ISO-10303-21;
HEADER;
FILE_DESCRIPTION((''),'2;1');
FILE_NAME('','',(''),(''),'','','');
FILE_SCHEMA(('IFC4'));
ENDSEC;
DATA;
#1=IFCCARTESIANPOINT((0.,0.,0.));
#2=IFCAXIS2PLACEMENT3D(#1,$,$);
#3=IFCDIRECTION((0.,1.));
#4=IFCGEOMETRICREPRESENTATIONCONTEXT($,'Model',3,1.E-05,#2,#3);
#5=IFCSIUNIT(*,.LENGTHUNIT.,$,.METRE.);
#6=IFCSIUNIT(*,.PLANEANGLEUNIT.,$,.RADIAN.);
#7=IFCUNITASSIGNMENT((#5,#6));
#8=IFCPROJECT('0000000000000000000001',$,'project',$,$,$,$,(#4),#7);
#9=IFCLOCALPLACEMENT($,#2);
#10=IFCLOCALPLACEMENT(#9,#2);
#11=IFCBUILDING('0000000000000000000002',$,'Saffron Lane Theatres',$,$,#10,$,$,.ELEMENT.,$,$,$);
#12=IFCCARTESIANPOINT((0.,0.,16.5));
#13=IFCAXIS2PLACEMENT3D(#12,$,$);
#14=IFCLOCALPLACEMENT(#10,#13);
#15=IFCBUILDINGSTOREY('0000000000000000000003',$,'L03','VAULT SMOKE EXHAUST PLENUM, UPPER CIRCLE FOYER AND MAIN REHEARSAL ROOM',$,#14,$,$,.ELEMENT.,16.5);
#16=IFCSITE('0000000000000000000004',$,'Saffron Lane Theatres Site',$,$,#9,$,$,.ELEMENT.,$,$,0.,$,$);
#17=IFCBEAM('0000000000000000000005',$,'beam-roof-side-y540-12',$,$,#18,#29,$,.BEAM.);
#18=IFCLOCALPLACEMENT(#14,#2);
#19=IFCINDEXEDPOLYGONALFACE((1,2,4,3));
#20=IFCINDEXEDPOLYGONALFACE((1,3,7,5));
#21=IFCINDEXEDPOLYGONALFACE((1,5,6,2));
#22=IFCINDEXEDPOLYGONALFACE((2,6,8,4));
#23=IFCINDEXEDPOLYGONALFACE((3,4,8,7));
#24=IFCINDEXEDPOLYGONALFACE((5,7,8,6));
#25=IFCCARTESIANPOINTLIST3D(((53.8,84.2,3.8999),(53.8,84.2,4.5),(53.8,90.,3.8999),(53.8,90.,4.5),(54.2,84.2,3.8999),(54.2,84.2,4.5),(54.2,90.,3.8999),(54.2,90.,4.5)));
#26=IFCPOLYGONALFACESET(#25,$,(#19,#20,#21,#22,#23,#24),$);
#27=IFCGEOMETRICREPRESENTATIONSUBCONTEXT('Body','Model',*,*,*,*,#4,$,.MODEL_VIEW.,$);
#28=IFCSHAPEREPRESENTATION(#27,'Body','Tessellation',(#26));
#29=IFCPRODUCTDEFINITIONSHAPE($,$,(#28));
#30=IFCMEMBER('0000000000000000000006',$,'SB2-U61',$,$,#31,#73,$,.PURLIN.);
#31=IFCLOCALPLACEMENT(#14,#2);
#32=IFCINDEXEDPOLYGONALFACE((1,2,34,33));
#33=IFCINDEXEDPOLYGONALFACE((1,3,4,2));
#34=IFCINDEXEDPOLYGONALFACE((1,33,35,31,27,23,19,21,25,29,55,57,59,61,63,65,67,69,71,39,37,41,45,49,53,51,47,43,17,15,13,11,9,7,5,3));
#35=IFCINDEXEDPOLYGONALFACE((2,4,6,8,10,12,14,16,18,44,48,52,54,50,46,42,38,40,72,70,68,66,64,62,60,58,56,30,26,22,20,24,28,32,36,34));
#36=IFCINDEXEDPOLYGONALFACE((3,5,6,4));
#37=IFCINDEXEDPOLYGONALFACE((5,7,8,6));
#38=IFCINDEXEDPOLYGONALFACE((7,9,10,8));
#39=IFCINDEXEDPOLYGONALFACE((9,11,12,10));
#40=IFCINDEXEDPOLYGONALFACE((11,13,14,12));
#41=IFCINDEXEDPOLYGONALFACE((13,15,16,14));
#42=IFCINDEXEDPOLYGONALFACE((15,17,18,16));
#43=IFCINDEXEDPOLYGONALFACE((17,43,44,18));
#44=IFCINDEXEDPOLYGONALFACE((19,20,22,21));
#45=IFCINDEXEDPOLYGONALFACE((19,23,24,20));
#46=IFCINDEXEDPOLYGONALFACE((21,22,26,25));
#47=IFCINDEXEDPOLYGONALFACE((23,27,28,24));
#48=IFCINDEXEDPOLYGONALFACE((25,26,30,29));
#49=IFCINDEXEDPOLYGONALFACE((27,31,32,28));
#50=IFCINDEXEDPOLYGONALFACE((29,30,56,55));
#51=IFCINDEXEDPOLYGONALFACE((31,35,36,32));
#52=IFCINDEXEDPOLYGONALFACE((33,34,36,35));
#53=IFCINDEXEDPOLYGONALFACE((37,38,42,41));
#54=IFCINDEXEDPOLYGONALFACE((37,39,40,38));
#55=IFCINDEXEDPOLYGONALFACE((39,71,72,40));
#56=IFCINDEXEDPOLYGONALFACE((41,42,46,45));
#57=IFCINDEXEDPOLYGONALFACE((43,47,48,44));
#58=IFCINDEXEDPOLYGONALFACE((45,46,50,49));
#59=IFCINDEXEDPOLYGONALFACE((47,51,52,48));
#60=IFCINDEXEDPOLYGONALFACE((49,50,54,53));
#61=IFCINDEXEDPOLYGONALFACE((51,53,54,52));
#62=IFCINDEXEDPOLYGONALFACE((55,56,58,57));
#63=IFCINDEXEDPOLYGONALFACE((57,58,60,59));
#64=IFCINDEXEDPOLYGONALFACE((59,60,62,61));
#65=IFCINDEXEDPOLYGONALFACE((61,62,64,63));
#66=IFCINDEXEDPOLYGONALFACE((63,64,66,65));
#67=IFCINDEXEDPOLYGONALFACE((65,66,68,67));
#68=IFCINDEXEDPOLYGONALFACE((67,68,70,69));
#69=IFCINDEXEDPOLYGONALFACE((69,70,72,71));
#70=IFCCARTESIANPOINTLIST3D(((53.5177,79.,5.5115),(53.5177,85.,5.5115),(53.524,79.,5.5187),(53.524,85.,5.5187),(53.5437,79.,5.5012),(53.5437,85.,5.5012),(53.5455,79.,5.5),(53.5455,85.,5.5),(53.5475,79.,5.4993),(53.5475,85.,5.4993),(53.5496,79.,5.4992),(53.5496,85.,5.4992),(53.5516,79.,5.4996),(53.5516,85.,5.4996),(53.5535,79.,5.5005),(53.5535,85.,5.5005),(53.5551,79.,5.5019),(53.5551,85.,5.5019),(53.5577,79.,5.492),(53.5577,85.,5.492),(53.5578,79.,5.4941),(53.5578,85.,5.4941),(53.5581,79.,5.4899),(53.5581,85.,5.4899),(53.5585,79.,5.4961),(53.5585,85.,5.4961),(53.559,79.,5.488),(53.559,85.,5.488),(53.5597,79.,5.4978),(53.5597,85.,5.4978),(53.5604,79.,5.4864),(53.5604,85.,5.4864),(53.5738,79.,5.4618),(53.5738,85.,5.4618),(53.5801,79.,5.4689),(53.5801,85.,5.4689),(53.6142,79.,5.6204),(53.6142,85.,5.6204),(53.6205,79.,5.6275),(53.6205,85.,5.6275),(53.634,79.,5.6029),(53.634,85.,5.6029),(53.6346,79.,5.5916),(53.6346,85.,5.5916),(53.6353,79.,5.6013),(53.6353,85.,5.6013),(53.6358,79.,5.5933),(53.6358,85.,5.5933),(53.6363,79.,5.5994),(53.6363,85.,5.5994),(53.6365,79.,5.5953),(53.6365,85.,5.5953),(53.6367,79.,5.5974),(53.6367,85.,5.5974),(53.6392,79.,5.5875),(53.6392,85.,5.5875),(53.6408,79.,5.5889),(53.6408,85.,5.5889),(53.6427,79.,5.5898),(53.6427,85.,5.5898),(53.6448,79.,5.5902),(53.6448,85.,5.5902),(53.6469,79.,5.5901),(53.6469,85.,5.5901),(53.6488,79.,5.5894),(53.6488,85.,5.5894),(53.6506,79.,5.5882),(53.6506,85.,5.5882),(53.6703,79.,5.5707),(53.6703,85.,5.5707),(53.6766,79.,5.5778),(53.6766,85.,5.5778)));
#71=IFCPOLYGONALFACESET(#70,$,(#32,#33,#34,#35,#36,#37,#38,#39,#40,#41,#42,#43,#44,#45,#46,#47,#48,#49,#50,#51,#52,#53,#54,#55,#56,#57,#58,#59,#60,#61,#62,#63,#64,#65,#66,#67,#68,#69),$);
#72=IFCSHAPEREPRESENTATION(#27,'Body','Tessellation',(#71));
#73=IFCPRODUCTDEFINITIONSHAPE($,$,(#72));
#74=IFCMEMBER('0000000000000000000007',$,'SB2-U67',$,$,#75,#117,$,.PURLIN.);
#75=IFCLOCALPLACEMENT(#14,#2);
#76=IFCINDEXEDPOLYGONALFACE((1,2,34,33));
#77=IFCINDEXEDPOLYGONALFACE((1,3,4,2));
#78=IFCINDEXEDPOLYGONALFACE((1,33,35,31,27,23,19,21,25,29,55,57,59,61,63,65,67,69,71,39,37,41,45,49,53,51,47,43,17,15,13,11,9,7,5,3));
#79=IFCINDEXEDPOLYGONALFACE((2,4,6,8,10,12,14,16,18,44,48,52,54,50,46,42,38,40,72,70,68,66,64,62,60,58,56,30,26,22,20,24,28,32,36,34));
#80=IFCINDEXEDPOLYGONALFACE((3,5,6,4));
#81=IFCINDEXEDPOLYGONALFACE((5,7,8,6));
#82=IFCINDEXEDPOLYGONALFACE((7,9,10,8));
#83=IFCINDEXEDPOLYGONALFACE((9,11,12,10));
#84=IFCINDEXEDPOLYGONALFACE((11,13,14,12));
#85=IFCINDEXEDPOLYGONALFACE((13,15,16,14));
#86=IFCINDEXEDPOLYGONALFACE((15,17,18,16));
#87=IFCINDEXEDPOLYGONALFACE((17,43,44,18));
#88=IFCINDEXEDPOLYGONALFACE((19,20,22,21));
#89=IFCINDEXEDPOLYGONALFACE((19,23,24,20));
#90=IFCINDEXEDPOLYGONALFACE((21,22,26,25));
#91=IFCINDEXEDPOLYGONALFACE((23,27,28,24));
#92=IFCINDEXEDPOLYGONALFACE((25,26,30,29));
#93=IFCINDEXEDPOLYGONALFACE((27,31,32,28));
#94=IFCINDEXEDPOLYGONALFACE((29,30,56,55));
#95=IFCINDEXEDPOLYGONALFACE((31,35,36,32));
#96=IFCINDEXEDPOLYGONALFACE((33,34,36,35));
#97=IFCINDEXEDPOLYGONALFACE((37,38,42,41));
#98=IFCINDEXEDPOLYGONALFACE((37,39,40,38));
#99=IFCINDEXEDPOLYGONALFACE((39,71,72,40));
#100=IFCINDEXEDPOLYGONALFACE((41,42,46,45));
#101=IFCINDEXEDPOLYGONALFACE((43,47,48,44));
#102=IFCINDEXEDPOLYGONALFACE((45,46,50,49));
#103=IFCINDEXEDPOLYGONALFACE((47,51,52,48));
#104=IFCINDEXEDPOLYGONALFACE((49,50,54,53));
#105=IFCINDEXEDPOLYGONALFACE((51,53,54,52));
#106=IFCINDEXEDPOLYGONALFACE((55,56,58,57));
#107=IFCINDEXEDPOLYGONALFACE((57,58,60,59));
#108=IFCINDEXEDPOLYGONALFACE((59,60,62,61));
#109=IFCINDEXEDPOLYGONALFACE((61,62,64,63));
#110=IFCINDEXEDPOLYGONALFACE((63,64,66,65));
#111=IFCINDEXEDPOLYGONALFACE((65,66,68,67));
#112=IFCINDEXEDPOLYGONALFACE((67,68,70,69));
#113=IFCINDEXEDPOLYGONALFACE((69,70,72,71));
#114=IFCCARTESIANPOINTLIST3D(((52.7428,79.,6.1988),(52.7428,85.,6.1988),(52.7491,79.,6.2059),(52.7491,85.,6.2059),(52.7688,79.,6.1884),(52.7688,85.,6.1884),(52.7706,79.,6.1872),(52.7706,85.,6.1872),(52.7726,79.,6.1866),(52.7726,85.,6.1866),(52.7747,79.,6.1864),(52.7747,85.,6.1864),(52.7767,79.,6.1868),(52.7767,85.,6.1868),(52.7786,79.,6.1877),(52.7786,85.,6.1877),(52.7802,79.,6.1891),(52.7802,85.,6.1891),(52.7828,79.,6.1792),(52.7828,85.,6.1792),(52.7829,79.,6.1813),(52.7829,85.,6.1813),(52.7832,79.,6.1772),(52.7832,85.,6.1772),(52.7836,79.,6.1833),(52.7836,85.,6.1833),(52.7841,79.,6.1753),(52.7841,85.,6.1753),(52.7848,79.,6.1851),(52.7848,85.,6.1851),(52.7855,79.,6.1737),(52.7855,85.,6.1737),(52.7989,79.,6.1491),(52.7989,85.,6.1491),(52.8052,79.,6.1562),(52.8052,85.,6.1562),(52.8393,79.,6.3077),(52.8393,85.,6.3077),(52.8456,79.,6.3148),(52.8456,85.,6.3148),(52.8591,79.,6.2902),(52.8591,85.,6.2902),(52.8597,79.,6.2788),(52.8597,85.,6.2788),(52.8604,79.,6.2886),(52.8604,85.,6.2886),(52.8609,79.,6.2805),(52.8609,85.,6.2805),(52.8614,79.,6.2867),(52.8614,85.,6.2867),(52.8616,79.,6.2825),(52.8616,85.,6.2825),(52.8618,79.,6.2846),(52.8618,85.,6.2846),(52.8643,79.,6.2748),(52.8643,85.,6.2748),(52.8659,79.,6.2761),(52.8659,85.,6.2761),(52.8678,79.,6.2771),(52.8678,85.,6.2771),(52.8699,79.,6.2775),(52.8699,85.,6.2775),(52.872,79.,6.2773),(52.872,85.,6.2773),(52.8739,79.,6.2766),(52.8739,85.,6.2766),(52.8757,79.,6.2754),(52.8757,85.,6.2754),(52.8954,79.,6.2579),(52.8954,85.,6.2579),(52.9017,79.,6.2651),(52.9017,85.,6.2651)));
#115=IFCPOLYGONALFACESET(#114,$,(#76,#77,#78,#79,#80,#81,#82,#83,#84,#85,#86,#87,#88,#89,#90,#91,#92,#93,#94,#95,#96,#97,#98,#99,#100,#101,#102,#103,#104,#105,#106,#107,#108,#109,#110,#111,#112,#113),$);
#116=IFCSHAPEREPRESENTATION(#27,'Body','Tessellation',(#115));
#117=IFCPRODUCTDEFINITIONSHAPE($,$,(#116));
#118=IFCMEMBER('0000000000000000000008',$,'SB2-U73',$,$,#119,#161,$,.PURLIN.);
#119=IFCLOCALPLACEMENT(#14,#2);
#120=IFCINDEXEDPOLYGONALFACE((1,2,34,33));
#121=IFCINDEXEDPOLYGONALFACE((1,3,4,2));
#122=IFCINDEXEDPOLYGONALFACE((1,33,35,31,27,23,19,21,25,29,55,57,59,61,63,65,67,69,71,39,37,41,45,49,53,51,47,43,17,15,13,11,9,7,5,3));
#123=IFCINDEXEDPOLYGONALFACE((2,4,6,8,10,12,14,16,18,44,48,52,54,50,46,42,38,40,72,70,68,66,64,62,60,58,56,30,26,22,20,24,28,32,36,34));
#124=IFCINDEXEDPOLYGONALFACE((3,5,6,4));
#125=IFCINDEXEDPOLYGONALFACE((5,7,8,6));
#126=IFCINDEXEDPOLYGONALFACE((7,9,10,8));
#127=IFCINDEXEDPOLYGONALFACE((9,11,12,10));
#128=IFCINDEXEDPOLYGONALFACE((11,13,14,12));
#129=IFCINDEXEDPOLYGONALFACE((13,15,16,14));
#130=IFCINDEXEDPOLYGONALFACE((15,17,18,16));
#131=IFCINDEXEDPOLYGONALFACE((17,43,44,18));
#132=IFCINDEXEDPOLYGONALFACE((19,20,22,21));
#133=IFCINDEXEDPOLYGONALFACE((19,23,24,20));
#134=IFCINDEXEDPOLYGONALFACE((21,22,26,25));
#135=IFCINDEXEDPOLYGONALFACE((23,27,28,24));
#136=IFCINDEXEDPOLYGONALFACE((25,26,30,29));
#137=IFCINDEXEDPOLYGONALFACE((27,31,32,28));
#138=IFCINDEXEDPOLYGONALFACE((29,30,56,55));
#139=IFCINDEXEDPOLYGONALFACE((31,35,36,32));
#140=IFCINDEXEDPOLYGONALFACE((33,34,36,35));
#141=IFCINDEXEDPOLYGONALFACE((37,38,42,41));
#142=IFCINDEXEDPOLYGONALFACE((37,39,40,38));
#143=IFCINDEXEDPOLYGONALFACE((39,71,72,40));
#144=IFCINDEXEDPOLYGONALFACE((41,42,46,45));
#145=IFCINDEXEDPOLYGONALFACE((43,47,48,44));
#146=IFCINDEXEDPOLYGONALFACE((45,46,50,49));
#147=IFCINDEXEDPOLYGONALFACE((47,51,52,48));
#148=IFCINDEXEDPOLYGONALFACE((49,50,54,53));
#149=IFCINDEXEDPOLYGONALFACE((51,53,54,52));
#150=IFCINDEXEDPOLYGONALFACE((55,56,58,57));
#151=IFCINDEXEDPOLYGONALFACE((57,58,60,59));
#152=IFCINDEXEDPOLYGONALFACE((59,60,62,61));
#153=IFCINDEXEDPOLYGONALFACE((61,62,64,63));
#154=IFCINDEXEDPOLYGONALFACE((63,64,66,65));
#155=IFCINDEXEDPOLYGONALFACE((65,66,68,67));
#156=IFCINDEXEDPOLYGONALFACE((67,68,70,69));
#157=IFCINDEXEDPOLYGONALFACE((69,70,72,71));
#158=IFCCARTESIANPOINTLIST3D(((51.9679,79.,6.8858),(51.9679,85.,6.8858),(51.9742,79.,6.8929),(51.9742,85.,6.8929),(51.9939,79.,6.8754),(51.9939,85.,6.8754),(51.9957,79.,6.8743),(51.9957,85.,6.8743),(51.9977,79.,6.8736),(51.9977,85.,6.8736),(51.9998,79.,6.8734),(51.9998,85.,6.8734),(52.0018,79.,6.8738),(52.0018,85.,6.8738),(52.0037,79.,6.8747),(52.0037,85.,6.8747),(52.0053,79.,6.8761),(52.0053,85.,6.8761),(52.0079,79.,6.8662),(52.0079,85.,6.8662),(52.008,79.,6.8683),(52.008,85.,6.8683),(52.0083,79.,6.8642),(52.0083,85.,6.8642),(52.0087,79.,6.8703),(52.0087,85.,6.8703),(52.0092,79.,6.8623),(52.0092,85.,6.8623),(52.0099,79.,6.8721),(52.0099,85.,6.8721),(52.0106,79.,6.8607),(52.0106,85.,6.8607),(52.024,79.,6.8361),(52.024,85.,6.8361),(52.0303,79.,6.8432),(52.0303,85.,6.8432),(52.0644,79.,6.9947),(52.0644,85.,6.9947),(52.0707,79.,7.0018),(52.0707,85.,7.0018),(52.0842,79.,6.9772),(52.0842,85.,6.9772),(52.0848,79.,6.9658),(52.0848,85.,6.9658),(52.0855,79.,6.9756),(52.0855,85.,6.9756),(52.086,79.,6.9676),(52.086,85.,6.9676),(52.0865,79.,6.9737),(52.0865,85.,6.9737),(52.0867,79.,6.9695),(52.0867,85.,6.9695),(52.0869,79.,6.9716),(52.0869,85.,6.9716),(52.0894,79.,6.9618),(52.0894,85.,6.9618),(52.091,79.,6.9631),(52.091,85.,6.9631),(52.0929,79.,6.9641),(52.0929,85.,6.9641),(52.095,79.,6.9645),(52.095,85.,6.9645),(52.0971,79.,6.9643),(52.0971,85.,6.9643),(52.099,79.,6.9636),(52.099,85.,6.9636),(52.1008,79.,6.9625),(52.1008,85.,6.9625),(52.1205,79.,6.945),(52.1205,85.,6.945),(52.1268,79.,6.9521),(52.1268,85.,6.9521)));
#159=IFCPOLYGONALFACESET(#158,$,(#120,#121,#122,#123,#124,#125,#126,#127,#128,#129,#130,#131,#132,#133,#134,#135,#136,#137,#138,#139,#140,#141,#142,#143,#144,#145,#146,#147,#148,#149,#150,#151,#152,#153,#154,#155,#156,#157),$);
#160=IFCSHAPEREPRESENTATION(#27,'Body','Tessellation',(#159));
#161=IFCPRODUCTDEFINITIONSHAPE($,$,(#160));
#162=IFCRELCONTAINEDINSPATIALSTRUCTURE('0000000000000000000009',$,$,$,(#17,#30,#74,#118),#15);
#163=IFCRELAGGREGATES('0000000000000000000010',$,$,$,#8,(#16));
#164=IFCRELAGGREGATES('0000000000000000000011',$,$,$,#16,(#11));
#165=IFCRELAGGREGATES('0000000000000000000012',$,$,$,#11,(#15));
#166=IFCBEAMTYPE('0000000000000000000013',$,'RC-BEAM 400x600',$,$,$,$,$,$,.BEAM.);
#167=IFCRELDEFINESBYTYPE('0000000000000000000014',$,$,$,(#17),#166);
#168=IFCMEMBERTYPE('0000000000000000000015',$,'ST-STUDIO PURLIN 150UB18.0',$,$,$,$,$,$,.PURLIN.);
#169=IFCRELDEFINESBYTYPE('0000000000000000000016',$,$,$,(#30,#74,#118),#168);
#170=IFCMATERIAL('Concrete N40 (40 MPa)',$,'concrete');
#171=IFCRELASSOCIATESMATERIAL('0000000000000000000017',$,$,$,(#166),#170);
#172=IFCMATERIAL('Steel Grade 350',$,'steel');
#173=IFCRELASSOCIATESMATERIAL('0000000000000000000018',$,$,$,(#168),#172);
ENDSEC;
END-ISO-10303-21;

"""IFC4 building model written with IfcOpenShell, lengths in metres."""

from ifc_helpers import new_model, si_unit, direction, frame, origin, origin_2d, place, context, subcontext, project, spatial, rectangle, i_section, extrude, material, material_profile, profile_set, type_object, element, save


model = new_model("IFC4")

# Units and contexts
model_context = context("Model", 3, precision=1e-05, world=origin(), true_north=direction((0.0, 1.0)))
body_context = subcontext(model_context, "Body", "Model", "MODEL_VIEW")
ifc_project = project(units=[si_unit("LENGTHUNIT", "METRE"), si_unit("PLANEANGLEUNIT", "RADIAN")], contexts=[model_context])

# Site, building, storey
site_placement = place(None, origin())
site = spatial("IfcSite", under=ifc_project, at=site_placement, Name="Saffron Lane Theatres Site", CompositionType="ELEMENT", RefElevation=0.0)
building_placement = place(site_placement, origin())
building = spatial("IfcBuilding", under=site, at=building_placement, Name="Saffron Lane Theatres", CompositionType="ELEMENT")
storey_placement = place(building_placement, frame((0.0, 0.0, 16.5)))
storey = spatial("IfcBuildingStorey", under=building, at=storey_placement, Name="L03", Description="VAULT SMOKE EXHAUST PLENUM, UPPER CIRCLE FOYER AND MAIN REHEARSAL ROOM", CompositionType="ELEMENT", Elevation=16.5)

# Beam
ifc_material_1 = material(Name="Concrete N40 (40 MPa)", Category="concrete")
ifc_material_profile_1 = material_profile(ifc_material_1, rectangle(XDim=0.3999, YDim=0.6001, at=origin_2d()))
ifc_profile_set_1 = profile_set([ifc_material_profile_1], Name="Concrete N40 (40 MPa)")
beam_type = type_object("IfcBeamType", Name="RC-BEAM 400x600", PredefinedType="BEAM", material=ifc_profile_set_1)
beam_placement = place(storey_placement, frame((54.0, 84.2, 4.2), z_axis=(0.0, 1.0, 0.0), x_axis=(-1.0, 0.0, 0.0)))
element("IfcBeam", 1, at=beam_placement, inside=storey, type_object=beam_type, Name="beam-roof-side-y540-12", PredefinedType="BEAM", context=body_context, shape_type="SweptSolid", body=[
    extrude(rectangle(XDim=0.3999, YDim=0.6001, at=origin_2d()), origin(), (0.0, 0.0, 1.0), 5.8),
])

# Members
ifc_material_2 = material(Name="Steel Grade 350", Category="steel")
ifc_material_profile_2 = material_profile(ifc_material_2, i_section(OverallWidth=0.075, OverallDepth=0.155, WebThickness=0.0061, FlangeThickness=0.0095, FilletRadius=0.0081, at=origin_2d()))
ifc_profile_set_2 = profile_set([ifc_material_profile_2], Name="Steel Grade 350")
member_type_1 = type_object("IfcMemberType", Name="ST-STUDIO PURLIN 150UB18.0", PredefinedType="PURLIN", material=ifc_profile_set_2)
for number, where, z_axis, x_axis, name in (
    (2, (53.5972, 79.0, 5.5447), (0.0, 1.0, 0.0), (-0.748269, 0.0, 0.663396), "SB2-U61"),
    (3, (52.8223, 79.0, 6.2319), (0.0, 1.0, 0.0), (-0.748269, 0.0, 0.663396), "SB2-U67"),
    (4, (52.0474, 79.0, 6.9189), (0.0, 1.0, 0.0), (-0.748269, 0.0, 0.663396), "SB2-U73"),
):
    element("IfcMember", number, at=place(storey_placement, frame(where, z_axis=z_axis, x_axis=x_axis)), inside=storey, type_object=member_type_1, Name=name, PredefinedType="PURLIN", context=body_context, shape_type="SweptSolid", body=[
        extrude(i_section(OverallWidth=0.075, OverallDepth=0.155, WebThickness=0.0061, FlangeThickness=0.0095, FilletRadius=0.0081, at=origin_2d()), origin(), (0.0, 0.0, 1.0), 6.0),
    ])

save(model, "model.ifc")
